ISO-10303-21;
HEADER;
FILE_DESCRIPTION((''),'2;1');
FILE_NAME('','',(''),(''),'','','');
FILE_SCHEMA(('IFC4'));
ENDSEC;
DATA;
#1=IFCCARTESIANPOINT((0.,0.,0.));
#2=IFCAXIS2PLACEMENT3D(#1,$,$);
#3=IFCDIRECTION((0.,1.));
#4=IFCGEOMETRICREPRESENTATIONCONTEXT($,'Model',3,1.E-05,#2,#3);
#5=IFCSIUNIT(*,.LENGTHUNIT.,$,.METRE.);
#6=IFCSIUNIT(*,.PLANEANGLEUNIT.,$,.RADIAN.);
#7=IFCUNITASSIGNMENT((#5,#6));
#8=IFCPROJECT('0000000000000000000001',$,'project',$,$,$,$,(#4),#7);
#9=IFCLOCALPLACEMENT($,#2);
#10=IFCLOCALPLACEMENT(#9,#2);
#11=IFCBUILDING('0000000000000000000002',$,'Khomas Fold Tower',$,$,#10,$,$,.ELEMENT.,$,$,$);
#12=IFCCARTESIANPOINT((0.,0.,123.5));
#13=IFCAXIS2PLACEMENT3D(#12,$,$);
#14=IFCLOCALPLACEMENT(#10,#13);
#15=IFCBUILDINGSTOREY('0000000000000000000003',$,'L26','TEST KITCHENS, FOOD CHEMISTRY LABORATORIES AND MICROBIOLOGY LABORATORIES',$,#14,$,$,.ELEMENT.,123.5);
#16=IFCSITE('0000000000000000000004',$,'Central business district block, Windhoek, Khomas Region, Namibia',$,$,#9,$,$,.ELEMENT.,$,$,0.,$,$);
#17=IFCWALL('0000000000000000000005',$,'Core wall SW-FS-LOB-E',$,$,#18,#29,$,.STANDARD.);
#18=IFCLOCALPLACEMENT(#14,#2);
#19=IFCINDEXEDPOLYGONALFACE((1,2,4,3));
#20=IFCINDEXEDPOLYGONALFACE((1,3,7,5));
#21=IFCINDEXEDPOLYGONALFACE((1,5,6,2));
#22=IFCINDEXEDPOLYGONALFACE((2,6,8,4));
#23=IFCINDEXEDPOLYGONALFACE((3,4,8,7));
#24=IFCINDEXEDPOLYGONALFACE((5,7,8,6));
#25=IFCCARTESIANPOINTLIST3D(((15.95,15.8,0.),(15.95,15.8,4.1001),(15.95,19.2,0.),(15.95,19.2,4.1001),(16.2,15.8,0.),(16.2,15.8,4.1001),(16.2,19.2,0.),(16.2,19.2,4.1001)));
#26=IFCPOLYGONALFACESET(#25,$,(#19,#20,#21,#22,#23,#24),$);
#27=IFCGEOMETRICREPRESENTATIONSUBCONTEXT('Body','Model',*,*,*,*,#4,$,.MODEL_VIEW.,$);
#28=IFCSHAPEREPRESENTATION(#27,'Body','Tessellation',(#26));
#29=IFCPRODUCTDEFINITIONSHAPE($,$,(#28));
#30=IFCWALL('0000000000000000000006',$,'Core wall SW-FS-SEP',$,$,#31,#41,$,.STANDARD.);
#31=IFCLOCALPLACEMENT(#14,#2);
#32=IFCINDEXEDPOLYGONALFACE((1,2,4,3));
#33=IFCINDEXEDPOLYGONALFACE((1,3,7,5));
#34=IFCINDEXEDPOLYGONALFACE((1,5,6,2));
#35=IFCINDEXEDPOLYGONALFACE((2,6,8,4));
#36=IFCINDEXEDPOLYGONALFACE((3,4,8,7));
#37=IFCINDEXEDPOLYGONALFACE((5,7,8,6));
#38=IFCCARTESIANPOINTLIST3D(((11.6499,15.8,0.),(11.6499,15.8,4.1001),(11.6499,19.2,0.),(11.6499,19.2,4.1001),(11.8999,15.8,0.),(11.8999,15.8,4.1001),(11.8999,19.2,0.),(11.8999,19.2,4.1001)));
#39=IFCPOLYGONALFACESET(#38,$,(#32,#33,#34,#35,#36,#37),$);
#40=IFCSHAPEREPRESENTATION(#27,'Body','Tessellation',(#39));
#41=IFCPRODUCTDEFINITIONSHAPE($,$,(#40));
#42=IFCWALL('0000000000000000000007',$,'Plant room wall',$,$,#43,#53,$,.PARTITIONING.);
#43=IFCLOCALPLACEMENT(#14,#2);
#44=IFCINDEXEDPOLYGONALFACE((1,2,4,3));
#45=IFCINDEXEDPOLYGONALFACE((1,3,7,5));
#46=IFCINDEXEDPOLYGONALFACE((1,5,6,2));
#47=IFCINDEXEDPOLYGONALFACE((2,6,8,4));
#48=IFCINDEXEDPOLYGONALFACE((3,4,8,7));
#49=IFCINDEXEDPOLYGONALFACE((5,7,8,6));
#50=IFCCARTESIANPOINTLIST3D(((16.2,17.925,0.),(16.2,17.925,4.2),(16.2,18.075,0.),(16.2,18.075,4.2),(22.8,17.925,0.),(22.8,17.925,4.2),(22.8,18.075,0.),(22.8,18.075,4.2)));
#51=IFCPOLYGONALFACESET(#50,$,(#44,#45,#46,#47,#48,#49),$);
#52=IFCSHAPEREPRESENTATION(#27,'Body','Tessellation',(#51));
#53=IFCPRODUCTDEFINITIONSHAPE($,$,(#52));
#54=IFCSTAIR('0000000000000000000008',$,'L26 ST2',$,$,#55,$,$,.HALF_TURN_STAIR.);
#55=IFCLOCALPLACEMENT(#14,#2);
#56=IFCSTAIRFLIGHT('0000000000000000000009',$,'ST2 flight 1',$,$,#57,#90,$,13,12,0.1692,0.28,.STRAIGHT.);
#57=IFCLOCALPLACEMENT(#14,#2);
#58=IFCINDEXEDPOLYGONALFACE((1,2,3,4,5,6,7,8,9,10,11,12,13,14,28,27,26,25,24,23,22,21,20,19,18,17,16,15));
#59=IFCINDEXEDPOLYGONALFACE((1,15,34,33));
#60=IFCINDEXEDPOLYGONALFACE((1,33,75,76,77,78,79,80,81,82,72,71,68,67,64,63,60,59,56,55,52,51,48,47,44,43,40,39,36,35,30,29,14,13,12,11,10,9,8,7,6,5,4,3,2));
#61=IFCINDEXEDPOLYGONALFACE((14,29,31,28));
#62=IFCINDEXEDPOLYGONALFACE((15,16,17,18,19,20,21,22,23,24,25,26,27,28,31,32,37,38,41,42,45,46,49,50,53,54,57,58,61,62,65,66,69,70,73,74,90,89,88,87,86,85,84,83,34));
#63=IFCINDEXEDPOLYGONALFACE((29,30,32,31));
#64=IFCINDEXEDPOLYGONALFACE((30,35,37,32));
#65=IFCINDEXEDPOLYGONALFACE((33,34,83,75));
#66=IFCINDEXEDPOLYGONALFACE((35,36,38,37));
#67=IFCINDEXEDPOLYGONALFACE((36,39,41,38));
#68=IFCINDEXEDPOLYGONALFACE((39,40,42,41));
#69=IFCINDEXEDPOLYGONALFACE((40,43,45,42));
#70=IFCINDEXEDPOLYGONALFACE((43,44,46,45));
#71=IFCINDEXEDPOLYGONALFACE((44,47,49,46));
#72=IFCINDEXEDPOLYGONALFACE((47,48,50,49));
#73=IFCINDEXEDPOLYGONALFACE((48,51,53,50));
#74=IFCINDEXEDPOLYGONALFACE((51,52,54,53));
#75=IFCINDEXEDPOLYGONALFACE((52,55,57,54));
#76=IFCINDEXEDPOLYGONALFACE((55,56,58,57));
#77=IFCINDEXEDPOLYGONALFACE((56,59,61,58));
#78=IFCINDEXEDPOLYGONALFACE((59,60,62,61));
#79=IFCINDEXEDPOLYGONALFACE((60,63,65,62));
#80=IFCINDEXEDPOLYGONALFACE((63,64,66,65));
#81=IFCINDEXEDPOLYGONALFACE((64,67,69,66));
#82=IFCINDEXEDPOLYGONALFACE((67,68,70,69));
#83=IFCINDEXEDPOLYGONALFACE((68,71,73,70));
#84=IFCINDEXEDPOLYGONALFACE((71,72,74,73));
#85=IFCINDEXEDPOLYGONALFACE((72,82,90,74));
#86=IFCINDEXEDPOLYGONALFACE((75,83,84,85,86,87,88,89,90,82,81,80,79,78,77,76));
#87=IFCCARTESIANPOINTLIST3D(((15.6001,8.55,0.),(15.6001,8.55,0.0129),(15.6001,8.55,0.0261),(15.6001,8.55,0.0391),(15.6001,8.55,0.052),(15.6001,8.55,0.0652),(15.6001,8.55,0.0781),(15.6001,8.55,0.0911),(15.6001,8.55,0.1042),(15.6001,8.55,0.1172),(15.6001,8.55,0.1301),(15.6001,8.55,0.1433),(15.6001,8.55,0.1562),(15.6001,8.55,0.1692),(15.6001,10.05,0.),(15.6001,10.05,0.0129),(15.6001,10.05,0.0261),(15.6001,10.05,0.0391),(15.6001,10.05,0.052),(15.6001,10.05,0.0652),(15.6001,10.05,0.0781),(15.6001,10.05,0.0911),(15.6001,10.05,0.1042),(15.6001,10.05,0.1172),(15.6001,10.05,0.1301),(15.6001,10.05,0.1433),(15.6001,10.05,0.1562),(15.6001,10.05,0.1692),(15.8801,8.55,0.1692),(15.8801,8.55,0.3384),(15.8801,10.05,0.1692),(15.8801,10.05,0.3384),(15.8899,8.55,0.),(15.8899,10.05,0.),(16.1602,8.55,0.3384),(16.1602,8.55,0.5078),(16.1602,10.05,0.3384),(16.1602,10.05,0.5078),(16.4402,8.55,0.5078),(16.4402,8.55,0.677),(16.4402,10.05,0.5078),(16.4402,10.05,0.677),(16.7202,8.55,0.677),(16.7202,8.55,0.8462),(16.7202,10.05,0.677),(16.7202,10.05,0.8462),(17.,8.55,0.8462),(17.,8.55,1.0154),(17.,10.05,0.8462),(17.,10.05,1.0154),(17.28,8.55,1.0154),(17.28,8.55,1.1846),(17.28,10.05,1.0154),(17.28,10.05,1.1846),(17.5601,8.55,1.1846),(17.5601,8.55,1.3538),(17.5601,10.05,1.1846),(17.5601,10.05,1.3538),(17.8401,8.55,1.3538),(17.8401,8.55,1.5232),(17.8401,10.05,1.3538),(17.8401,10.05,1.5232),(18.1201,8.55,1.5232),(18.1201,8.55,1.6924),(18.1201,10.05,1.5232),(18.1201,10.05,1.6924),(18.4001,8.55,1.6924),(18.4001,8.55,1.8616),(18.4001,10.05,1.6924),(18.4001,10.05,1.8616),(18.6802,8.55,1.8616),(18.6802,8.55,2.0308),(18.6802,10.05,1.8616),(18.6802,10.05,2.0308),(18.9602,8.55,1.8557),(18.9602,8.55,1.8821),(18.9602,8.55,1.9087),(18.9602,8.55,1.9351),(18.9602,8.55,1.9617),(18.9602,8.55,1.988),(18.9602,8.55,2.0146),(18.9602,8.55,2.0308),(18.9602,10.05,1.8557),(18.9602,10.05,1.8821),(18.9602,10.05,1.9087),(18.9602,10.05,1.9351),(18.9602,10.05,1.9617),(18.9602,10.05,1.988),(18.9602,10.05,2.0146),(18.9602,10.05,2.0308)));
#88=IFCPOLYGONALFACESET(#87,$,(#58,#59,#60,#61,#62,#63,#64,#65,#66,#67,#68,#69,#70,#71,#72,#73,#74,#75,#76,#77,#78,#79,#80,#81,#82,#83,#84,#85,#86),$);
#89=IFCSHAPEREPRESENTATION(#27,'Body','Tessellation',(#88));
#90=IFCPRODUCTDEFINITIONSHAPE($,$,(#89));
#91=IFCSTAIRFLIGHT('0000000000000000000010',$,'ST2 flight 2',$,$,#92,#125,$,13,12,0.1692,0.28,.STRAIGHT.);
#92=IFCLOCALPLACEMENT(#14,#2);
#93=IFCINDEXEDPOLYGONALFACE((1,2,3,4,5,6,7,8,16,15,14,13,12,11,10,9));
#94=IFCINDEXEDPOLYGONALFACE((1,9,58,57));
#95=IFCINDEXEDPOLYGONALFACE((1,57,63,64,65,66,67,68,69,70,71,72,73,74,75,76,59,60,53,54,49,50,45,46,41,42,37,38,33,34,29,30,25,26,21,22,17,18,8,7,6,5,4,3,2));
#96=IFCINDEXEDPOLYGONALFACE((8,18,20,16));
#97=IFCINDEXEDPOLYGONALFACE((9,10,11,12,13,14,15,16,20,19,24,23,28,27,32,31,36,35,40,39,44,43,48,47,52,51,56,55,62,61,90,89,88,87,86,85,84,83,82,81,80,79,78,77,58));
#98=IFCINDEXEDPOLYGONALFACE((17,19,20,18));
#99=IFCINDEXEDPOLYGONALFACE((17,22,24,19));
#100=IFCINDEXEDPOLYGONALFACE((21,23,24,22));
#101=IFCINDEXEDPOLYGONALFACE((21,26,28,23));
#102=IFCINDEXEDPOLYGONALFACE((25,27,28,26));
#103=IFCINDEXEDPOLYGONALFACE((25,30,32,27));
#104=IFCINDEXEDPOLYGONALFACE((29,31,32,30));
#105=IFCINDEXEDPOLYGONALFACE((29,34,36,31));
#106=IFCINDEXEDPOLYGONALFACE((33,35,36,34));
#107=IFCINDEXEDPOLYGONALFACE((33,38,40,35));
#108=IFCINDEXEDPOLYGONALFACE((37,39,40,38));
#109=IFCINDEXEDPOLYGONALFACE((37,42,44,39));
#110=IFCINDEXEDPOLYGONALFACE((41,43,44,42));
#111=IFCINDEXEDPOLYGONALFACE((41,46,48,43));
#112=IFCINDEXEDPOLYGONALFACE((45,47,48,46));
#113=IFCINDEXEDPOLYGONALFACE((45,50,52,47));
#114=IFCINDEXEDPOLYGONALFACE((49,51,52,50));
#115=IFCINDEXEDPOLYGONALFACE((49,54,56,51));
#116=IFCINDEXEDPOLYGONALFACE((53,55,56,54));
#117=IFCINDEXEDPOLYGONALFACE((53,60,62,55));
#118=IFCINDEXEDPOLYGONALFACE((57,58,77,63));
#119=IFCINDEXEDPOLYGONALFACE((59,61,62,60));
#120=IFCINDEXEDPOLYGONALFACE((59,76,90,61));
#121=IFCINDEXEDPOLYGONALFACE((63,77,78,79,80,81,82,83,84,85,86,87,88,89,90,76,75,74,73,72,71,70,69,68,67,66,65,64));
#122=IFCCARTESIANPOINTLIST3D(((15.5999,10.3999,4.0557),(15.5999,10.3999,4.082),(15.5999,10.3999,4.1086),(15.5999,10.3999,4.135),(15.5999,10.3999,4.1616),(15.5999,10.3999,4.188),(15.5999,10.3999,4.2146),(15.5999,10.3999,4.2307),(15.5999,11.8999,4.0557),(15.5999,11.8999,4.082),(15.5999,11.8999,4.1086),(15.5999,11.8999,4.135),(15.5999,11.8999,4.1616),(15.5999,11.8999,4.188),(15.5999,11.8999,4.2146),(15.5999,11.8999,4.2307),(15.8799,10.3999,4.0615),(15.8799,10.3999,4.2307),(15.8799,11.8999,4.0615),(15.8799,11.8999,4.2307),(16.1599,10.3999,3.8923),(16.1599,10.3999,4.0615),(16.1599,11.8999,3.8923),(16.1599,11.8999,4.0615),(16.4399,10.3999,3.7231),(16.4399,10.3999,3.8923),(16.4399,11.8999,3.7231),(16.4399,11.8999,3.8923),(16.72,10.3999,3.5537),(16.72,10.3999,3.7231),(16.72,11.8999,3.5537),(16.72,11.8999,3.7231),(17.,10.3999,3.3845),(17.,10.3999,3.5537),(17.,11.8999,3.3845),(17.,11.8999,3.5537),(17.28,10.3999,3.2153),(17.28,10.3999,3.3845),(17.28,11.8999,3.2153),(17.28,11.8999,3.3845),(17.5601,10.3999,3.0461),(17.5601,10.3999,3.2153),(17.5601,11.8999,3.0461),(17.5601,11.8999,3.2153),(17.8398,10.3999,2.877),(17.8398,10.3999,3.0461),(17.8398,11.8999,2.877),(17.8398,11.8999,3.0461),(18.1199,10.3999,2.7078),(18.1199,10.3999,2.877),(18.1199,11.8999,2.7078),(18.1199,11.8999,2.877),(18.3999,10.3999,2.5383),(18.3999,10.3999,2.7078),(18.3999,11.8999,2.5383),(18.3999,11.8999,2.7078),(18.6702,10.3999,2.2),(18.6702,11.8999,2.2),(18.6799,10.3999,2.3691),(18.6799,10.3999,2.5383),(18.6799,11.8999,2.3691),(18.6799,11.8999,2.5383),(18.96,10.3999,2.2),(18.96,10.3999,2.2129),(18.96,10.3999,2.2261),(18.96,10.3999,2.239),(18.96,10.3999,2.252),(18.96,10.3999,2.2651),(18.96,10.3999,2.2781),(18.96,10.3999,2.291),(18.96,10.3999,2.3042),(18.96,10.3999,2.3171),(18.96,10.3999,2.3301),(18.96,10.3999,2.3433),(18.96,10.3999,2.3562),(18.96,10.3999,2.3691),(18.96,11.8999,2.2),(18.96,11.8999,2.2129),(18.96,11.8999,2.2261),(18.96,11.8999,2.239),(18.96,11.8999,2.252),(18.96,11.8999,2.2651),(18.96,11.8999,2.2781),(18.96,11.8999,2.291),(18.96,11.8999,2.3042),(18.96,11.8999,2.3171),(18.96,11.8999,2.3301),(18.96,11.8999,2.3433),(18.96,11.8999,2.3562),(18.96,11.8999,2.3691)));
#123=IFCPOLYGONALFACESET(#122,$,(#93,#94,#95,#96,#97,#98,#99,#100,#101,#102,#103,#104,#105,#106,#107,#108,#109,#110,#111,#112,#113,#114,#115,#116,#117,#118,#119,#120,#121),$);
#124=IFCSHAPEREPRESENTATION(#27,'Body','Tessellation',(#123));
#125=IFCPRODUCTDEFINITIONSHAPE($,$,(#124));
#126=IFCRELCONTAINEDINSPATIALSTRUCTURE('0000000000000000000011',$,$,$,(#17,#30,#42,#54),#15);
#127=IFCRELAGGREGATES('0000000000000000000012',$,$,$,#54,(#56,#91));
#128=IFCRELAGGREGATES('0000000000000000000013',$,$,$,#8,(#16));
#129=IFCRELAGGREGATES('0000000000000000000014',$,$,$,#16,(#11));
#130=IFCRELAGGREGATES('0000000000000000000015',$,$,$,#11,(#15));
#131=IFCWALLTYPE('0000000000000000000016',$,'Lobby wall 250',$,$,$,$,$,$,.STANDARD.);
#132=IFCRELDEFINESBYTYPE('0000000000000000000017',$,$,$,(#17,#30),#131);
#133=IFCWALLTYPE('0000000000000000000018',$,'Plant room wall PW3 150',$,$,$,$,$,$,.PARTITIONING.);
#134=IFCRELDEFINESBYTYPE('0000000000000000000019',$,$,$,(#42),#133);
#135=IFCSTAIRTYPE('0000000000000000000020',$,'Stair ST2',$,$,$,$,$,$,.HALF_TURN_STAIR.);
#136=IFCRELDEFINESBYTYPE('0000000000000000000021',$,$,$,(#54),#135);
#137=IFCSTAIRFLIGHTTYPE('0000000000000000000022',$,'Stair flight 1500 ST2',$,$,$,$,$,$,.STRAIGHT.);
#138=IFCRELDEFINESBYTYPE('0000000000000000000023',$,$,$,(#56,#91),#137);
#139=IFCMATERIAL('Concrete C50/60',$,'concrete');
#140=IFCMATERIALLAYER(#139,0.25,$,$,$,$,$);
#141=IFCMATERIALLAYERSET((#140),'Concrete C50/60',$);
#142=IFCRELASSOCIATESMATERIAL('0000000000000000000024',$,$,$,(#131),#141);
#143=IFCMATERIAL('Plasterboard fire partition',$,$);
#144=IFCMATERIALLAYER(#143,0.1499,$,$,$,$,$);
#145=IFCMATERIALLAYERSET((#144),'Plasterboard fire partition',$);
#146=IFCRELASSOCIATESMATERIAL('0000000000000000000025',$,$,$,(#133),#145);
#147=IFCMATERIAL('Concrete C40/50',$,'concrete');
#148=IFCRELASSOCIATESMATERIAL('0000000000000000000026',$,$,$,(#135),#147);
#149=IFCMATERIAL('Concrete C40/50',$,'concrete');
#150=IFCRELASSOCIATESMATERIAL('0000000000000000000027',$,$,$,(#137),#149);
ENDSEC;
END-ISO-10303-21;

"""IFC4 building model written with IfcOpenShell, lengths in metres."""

from ifc_helpers import new_model, si_unit, direction, frame, frame_2d, origin, place, context, subcontext, project, spatial, polyline, rectangle, outline, extrude, source, transform, mapped, material, layer, layer_set, type_object, element, aggregate, save


model = new_model("IFC4")

# Units and contexts
model_context = context("Model", 3, precision=1e-05, world=origin(), true_north=direction((0.0, 1.0)))
body_context = subcontext(model_context, "Body", "Model", "MODEL_VIEW")
ifc_project = project(units=[si_unit("LENGTHUNIT", "METRE"), si_unit("PLANEANGLEUNIT", "RADIAN")], contexts=[model_context])

# Site, building, storey
site_placement = place(None, origin())
site = spatial("IfcSite", under=ifc_project, at=site_placement, Name="Central business district block, Windhoek, Khomas Region, Namibia", CompositionType="ELEMENT", RefElevation=0.0)
building_placement = place(site_placement, origin())
building = spatial("IfcBuilding", under=site, at=building_placement, Name="Khomas Fold Tower", CompositionType="ELEMENT")
storey_placement = place(building_placement, frame((0.0, 0.0, 123.5)))
storey = spatial("IfcBuildingStorey", under=building, at=storey_placement, Name="L26", Description="TEST KITCHENS, FOOD CHEMISTRY LABORATORIES AND MICROBIOLOGY LABORATORIES", CompositionType="ELEMENT", Elevation=123.5)

# Walls
ifc_material_1 = material(Name="Concrete C50/60", Category="concrete")
ifc_layer_1 = layer(ifc_material_1, 0.25)
ifc_layer_set_1 = layer_set([ifc_layer_1], Name="Concrete C50/60")
wall_type_1 = type_object("IfcWallType", Name="Lobby wall 250", PredefinedType="STANDARD", material=ifc_layer_set_1)
shared_shape_1 = source(origin(), body_context, "Body", "SweptSolid", [
    extrude(rectangle(XDim=3.3999, YDim=0.25, at=frame_2d((1.7, 0.0))), origin(), (0.0, 0.0, 1.0), 4.1001),
])
for number, where, z_axis, x_axis, name in (
    (1, (16.075, 15.8, 0.0), (0.0, 0.0, 1.0), (0.0, 1.0, 0.0), "Core wall SW-FS-LOB-E"),
    (2, (11.7749, 15.8, 0.0), (0.0, 0.0, 1.0), (0.0, 1.0, 0.0), "Core wall SW-FS-SEP"),
):
    element("IfcWall", number, at=place(storey_placement, frame(where, z_axis=z_axis, x_axis=x_axis)), inside=storey, type_object=wall_type_1, Name=name, PredefinedType="STANDARD", context=body_context, shape_type="MappedRepresentation", body=[
        mapped(shared_shape_1, transform((0.0, 0.0, 0.0))),
    ])
ifc_material_2 = material(Name="Plasterboard fire partition")
ifc_layer_2 = layer(ifc_material_2, 0.1499)
ifc_layer_set_2 = layer_set([ifc_layer_2], Name="Plasterboard fire partition")
wall_type_2 = type_object("IfcWallType", Name="Plant room wall PW3 150", PredefinedType="PARTITIONING", material=ifc_layer_set_2)
shared_shape_2 = source(origin(), body_context, "Body", "SweptSolid", [
    extrude(rectangle(XDim=6.6001, YDim=0.1499, at=frame_2d((3.3, 0.0))), origin(), (0.0, 0.0, 1.0), 4.2),
])
wall_1_placement = place(storey_placement, frame((16.2, 18.0, 0.0), z_axis=(0.0, 0.0, 1.0), x_axis=(1.0, 0.0, 0.0)))
element("IfcWall", 3, at=wall_1_placement, inside=storey, type_object=wall_type_2, Name="Plant room wall", PredefinedType="PARTITIONING", context=body_context, shape_type="MappedRepresentation", body=[
    mapped(shared_shape_2, transform((0.0, 0.0, 0.0))),
])

# Stair, stair flights
ifc_material_3 = material(Name="Concrete C40/50", Category="concrete")
stair_type = type_object("IfcStairType", Name="Stair ST2", PredefinedType="HALF_TURN_STAIR", material=ifc_material_3)
stair_placement = place(storey_placement, origin())
stair = element("IfcStair", 4, at=stair_placement, inside=storey, type_object=stair_type, Name="L26 ST2", PredefinedType="HALF_TURN_STAIR")
ifc_material_4 = material(Name="Concrete C40/50", Category="concrete")
stair_flight_type = type_object("IfcStairFlightType", Name="Stair flight 1500 ST2", PredefinedType="STRAIGHT", material=ifc_material_4)
shared_shape_3 = source(origin(), body_context, "Body", "SweptSolid", [
    extrude(outline(polyline([(0.0, 0.0), (0.0, 0.0129), (0.0, 0.0261), (0.0, 0.0391), (0.0, 0.052), (0.0, 0.0652), (0.0, 0.0781), (0.0, 0.0911), (0.0, 0.1042), (0.0, 0.1172), (0.0, 0.1301), (0.0, 0.1433), (0.0, 0.1562), (0.0, 0.1692), (0.28, 0.1692), (0.28, 0.3384), (0.5601, 0.3384), (0.5601, 0.5078), (0.8401, 0.5078), (0.8401, 0.677), (1.1201, 0.677), (1.1201, 0.8462), (1.3999, 0.8462), (1.3999, 1.0154), (1.6799, 1.0154), (1.6799, 1.1846), (1.96, 1.1846), (1.96, 1.3538), (2.24, 1.3538), (2.24, 1.5232), (2.52, 1.5232), (2.52, 1.6924), (2.8, 1.6924), (2.8, 1.8616), (3.0801, 1.8616), (3.0801, 2.0308), (3.3601, 2.0308), (3.3601, 2.2), (3.3601, 2.1736), (3.3601, 2.147), (3.3601, 2.1206), (3.3601, 2.094), (3.3601, 2.0676), (3.3601, 2.041), (3.3601, 2.0146), (3.3601, 1.988), (3.3601, 1.9617), (3.3601, 1.9351), (3.3601, 1.9087), (3.3601, 1.8821), (3.3601, 1.8557), (0.2898, 0.0), (0.0, 0.0)])), frame((0.0, 0.75, 0.0), z_axis=(0.0, -1.0, 0.0), x_axis=(1.0, 0.0, 0.0)), (0.0, 0.0, 1.0), 1.5),
])
stair_flight_1_placement = place(storey_placement, frame((15.6001, 9.3, 0.0), z_axis=(0.0, 0.0, 1.0), x_axis=(1.0, 0.0, 0.0)))
stair_flight_1 = element("IfcStairFlight", 5, at=stair_flight_1_placement, type_object=stair_flight_type, Name="ST2 flight 1", NumberOfRisers=13, NumberOfTreads=12, PredefinedType="STRAIGHT", RiserHeight=0.1692, TreadLength=0.28, context=body_context, shape_type="MappedRepresentation", body=[
    mapped(shared_shape_3, transform((0.0, 0.0, 0.0))),
])
stair_flight_2_placement = place(storey_placement, frame((18.96, 11.1499, 2.2), z_axis=(0.0, 0.0, 1.0), x_axis=(-1.0, 0.0, 0.0)))
stair_flight_2 = element("IfcStairFlight", 6, at=stair_flight_2_placement, type_object=stair_flight_type, Name="ST2 flight 2", NumberOfRisers=13, NumberOfTreads=12, PredefinedType="STRAIGHT", RiserHeight=0.1692, TreadLength=0.28, context=body_context, shape_type="MappedRepresentation", body=[
    mapped(shared_shape_3, transform((0.0, 0.0, 0.0))),
])
aggregate(stair, [stair_flight_1, stair_flight_2])

save(model, "model.ifc")
